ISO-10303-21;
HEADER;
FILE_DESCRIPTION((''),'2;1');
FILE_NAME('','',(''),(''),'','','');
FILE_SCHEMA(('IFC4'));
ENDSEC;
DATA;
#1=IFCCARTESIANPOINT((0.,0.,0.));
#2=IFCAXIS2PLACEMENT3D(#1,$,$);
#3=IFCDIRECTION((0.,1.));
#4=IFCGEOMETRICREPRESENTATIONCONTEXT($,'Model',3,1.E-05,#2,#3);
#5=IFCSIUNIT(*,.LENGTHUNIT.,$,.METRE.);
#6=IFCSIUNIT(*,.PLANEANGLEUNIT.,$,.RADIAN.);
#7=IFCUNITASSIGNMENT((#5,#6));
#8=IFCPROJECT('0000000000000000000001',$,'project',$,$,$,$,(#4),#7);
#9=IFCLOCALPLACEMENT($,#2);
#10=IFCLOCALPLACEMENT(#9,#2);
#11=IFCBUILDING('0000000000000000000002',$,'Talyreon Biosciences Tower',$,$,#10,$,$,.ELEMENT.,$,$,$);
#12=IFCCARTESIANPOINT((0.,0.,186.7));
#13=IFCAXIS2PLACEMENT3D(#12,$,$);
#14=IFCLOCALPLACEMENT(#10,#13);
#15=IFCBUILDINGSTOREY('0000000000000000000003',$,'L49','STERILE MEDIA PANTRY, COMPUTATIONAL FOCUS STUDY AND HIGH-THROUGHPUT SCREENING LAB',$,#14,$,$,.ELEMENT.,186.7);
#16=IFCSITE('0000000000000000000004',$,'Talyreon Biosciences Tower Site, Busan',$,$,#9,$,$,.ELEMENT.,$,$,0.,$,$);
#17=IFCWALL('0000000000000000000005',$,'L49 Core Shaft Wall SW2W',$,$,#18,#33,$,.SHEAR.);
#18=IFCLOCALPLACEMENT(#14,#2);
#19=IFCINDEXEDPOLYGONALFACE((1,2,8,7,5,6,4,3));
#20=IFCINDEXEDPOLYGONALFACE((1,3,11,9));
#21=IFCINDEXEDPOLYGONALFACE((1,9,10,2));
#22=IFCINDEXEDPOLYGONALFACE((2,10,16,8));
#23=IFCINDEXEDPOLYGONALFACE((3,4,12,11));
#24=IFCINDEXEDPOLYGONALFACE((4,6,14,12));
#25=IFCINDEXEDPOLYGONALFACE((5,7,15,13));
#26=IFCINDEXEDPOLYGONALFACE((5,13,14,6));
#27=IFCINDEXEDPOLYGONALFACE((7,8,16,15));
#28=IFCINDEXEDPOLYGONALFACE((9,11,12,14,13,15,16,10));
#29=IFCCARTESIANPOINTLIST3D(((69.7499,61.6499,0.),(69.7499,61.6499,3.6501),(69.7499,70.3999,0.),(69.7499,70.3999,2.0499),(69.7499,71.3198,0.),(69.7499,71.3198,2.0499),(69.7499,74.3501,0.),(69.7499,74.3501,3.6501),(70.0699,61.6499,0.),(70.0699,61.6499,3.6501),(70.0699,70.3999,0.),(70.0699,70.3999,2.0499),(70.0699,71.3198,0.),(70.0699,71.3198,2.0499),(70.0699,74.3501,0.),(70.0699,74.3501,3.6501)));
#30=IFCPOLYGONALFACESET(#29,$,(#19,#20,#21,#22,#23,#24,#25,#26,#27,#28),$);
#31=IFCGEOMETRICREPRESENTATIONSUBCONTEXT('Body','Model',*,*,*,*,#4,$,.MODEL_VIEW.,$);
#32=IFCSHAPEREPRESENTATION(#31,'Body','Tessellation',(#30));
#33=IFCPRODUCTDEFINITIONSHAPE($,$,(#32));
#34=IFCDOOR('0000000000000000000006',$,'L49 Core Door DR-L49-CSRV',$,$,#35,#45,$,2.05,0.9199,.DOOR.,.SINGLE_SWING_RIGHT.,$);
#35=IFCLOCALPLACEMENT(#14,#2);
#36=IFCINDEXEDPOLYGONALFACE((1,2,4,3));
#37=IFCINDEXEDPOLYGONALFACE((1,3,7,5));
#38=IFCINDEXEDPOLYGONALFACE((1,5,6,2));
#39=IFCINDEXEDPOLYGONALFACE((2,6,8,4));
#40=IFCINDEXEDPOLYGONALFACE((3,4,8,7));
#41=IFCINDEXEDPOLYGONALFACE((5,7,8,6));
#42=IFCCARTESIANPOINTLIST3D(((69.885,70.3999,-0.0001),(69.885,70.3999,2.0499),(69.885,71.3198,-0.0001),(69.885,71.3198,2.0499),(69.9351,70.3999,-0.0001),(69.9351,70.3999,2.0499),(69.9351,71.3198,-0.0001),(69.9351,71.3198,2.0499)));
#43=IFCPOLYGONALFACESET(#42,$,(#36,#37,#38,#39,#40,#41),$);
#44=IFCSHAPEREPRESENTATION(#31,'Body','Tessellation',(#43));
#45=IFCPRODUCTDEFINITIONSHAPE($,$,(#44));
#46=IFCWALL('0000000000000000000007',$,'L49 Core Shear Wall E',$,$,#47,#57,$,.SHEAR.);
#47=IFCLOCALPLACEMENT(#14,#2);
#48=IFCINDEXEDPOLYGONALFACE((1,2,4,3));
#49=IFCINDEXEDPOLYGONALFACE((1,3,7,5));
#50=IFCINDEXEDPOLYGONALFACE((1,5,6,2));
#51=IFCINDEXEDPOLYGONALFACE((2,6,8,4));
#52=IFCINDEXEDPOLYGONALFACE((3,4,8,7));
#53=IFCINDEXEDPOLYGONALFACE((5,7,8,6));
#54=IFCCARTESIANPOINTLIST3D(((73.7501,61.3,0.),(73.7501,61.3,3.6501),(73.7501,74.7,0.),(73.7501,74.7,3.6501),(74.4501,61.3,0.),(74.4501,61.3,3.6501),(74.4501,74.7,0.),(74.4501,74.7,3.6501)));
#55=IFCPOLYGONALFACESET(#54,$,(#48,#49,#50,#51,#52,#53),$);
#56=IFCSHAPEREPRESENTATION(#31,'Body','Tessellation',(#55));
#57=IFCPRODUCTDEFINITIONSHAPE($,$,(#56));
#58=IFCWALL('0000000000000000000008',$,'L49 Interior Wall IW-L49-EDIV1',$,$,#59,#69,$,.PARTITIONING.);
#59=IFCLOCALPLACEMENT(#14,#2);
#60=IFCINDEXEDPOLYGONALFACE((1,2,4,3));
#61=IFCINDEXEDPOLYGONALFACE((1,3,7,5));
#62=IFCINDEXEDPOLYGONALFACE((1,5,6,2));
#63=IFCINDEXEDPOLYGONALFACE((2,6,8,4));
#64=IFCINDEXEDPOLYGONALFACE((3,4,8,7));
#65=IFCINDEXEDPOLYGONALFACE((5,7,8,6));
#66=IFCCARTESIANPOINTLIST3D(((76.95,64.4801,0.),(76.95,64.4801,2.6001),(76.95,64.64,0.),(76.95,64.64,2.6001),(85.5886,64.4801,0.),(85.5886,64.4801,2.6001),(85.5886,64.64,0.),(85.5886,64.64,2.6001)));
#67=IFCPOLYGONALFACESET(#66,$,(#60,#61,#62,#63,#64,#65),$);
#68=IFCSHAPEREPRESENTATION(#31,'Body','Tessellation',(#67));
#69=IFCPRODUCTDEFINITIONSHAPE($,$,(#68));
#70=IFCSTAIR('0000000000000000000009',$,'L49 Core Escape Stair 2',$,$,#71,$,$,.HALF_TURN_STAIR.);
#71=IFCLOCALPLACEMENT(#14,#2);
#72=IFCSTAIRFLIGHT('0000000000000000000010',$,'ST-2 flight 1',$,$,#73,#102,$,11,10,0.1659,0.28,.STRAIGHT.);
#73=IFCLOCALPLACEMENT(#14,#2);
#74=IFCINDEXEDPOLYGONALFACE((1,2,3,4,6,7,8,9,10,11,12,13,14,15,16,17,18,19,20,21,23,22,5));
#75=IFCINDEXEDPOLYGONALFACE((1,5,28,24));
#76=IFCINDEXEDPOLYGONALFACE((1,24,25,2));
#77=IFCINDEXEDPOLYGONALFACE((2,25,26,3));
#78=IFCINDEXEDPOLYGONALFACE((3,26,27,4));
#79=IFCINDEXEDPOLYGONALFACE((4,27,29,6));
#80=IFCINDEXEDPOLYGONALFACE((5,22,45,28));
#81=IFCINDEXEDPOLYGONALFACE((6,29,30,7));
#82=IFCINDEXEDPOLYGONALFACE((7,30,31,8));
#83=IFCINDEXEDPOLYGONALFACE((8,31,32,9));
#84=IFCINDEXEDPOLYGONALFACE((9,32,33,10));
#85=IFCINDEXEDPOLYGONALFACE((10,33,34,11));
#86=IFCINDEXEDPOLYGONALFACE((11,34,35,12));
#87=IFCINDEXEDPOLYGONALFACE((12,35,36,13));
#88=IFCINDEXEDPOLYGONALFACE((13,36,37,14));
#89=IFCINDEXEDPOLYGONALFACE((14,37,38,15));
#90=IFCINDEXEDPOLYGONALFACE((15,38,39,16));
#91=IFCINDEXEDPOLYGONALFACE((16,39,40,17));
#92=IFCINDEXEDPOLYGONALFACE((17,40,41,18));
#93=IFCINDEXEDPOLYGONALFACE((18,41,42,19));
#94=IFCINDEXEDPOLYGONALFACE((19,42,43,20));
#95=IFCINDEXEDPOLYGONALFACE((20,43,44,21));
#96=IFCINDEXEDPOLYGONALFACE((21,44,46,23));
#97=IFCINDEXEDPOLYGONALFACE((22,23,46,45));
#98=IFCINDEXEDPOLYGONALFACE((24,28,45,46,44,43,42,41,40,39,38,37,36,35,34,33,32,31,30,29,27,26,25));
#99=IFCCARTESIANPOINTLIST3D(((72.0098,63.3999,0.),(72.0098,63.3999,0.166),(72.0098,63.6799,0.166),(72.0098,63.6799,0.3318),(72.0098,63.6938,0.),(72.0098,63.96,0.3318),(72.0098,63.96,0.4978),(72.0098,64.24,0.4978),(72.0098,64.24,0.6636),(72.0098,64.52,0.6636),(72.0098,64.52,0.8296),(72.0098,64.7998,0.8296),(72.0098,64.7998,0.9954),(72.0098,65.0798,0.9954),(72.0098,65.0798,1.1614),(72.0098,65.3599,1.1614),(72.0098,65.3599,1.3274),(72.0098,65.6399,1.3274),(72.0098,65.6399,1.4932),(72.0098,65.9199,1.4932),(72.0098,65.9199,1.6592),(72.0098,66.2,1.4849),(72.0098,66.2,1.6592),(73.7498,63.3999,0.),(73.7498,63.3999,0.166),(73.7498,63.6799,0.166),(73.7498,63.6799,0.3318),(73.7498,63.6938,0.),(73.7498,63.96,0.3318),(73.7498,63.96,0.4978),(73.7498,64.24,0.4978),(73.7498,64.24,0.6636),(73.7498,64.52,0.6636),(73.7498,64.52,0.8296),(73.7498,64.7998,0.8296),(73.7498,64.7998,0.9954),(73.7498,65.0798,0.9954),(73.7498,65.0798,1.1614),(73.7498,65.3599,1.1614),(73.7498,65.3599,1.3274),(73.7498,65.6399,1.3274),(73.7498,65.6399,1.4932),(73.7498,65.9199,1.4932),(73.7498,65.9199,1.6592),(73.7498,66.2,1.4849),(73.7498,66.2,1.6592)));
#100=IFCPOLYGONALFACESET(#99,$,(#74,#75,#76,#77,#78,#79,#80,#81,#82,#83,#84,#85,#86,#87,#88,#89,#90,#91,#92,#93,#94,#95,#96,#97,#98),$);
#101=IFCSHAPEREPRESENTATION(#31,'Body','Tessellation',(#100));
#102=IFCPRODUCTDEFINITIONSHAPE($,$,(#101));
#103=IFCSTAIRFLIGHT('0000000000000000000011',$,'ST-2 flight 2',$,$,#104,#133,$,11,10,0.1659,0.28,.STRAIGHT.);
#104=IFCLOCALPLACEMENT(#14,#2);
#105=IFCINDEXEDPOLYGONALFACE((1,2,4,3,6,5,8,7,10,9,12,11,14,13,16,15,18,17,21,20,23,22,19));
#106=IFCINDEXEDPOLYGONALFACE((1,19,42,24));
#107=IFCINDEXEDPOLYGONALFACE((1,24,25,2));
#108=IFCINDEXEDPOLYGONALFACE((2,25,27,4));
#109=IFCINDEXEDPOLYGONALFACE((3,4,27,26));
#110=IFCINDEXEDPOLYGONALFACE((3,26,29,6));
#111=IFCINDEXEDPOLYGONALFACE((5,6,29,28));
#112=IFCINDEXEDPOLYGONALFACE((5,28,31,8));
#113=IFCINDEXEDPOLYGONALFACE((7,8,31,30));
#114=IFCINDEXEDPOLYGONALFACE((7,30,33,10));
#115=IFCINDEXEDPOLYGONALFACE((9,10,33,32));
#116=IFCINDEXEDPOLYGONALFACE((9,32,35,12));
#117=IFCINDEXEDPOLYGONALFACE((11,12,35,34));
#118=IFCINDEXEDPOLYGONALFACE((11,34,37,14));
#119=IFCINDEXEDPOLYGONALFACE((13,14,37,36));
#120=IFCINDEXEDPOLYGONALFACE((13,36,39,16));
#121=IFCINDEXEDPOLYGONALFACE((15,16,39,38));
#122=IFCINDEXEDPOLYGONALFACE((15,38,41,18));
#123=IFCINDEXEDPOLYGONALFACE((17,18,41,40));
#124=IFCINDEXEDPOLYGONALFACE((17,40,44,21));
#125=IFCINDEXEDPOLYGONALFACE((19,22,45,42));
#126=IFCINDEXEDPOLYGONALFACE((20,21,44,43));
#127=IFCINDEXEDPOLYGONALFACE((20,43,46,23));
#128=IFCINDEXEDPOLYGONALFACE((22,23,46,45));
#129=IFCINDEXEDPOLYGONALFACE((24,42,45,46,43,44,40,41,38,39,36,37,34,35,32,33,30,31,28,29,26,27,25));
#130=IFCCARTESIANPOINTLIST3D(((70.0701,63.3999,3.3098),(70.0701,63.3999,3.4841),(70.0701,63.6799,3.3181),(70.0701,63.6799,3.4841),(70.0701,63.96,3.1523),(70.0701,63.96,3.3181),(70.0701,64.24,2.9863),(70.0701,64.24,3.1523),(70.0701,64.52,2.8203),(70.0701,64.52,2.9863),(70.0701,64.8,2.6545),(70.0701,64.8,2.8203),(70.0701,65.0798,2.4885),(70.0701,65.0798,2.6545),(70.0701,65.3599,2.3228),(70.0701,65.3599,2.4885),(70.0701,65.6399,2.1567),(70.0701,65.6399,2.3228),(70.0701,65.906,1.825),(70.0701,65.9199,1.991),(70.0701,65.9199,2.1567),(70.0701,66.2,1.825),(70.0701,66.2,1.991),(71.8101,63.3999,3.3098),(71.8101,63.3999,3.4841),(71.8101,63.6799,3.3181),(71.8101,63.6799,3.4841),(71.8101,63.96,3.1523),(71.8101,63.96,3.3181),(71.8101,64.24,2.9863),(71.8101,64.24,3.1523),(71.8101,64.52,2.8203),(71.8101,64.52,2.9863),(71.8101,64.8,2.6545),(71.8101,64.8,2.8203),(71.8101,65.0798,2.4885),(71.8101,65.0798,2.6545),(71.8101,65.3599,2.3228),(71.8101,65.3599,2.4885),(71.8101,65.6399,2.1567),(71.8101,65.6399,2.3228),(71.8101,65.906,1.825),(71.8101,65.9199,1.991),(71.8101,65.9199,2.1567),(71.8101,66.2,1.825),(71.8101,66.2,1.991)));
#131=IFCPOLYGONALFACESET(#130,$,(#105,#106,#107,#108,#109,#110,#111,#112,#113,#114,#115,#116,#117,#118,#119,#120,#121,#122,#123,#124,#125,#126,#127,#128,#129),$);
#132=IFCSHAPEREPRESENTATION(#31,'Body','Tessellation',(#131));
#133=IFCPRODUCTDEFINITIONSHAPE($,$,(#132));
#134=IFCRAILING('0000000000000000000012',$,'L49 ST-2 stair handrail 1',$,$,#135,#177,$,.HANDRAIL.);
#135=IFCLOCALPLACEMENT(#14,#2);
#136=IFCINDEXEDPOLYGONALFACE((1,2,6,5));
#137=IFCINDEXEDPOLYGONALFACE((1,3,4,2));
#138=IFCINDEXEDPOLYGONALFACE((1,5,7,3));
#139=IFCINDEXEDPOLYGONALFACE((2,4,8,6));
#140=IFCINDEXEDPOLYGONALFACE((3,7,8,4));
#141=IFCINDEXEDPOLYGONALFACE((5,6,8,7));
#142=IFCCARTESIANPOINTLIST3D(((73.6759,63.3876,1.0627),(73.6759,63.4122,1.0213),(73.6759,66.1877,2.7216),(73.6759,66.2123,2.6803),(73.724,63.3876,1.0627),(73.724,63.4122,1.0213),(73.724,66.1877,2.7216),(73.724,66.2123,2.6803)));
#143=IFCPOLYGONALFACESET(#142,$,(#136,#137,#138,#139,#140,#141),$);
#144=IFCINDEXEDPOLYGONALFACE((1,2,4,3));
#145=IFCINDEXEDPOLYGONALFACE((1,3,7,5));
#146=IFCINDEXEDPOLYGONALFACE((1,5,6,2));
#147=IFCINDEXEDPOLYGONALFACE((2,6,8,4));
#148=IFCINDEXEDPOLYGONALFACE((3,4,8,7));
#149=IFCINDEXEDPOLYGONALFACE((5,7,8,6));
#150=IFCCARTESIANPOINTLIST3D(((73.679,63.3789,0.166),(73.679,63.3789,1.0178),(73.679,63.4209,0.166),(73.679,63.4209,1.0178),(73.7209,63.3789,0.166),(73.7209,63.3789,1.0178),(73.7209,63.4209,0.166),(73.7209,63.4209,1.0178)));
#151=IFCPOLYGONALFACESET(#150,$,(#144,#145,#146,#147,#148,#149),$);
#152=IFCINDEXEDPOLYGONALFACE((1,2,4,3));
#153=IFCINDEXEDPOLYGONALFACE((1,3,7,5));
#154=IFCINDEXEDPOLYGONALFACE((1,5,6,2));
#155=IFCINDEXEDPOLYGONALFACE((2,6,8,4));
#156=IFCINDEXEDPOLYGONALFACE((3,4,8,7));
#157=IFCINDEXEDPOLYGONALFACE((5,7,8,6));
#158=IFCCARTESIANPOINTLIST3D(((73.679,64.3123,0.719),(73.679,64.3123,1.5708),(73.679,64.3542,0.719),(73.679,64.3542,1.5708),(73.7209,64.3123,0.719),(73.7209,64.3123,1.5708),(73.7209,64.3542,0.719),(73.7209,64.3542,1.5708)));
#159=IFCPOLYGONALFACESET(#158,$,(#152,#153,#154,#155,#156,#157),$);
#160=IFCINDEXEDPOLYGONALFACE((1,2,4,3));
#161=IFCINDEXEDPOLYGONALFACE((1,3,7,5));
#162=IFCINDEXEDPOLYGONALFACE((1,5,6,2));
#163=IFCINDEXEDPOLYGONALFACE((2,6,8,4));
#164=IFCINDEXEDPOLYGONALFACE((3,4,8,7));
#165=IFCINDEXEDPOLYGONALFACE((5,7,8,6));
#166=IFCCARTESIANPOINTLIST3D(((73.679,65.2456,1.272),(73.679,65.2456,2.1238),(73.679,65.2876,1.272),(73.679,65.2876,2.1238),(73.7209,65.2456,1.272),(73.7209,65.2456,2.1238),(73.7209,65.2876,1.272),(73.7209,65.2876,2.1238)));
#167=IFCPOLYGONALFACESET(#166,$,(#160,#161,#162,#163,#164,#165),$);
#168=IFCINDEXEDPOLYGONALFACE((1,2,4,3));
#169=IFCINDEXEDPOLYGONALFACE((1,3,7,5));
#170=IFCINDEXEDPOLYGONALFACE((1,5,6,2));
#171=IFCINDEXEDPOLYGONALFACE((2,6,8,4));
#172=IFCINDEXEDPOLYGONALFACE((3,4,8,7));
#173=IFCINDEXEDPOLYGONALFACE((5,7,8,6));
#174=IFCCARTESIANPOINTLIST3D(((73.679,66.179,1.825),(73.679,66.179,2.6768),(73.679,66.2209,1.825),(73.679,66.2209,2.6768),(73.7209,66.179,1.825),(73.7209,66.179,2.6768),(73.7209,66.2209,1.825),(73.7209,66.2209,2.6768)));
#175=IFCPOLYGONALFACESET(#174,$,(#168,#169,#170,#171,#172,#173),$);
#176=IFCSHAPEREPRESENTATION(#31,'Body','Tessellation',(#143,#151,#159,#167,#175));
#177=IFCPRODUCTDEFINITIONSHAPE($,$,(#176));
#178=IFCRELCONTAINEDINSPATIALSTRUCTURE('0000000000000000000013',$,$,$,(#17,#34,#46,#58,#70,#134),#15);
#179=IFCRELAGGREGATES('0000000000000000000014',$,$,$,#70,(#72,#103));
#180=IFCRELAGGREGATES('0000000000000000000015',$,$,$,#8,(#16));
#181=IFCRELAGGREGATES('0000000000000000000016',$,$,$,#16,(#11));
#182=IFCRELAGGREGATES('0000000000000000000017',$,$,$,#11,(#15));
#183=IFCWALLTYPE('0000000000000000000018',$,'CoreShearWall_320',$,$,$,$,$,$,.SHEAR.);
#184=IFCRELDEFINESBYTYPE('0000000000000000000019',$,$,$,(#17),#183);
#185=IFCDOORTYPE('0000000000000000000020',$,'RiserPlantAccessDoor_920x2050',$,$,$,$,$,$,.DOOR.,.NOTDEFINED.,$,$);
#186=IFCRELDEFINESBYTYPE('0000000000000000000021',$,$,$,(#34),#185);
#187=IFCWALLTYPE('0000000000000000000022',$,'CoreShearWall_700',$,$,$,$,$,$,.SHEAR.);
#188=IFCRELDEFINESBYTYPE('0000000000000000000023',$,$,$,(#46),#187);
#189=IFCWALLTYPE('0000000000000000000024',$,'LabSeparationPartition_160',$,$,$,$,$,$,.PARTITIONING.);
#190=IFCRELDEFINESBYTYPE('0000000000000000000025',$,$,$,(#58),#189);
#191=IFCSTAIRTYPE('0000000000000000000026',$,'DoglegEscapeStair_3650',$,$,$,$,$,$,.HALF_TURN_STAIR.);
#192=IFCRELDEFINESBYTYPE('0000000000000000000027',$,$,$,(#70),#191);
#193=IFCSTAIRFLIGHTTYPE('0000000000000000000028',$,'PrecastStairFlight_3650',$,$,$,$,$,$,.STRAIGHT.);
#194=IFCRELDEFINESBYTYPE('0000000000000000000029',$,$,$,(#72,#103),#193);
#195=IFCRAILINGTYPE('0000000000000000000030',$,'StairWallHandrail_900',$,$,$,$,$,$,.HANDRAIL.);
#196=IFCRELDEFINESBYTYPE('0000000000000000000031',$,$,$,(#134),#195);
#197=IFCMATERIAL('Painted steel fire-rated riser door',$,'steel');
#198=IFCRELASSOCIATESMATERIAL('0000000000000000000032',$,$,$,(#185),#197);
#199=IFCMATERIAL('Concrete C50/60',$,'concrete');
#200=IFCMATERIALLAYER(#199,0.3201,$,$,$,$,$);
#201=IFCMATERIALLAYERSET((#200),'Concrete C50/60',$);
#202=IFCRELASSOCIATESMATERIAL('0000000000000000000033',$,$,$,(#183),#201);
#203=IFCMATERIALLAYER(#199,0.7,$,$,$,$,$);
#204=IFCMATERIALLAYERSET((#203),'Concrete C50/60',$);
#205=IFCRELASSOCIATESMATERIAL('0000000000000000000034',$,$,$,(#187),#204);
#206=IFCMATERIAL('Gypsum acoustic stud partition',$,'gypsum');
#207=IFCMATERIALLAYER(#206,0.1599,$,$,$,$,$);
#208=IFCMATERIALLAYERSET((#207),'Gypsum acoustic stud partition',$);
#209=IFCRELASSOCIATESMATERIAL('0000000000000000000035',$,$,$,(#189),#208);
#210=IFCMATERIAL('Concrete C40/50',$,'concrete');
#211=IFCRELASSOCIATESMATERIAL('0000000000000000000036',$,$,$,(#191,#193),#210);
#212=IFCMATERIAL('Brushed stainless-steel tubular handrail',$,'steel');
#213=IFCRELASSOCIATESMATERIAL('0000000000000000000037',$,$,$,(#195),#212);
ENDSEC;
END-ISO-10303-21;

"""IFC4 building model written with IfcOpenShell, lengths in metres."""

from ifc_helpers import new_model, si_unit, direction, frame, frame_2d, origin, origin_2d, place, context, subcontext, project, spatial, polyline, rectangle, outline, extrude, material, layer, layer_set, type_object, element, fill, aggregate, save


model = new_model("IFC4")

# Units and contexts
model_context = context("Model", 3, precision=1e-05, world=origin(), true_north=direction((0.0, 1.0)))
body_context = subcontext(model_context, "Body", "Model", "MODEL_VIEW")
ifc_project = project(units=[si_unit("LENGTHUNIT", "METRE"), si_unit("PLANEANGLEUNIT", "RADIAN")], contexts=[model_context])

# Site, building, storey
site_placement = place(None, origin())
site = spatial("IfcSite", under=ifc_project, at=site_placement, Name="Talyreon Biosciences Tower Site, Busan", CompositionType="ELEMENT", RefElevation=0.0)
building_placement = place(site_placement, origin())
building = spatial("IfcBuilding", under=site, at=building_placement, Name="Talyreon Biosciences Tower", CompositionType="ELEMENT")
storey_placement = place(building_placement, frame((0.0, 0.0, 186.7)))
storey = spatial("IfcBuildingStorey", under=building, at=storey_placement, Name="L49", Description="STERILE MEDIA PANTRY, COMPUTATIONAL FOCUS STUDY AND HIGH-THROUGHPUT SCREENING LAB", CompositionType="ELEMENT", Elevation=186.7)

# Shared definitions
ifc_material_1 = material(Name="Concrete C50/60", Category="concrete")

# Wall, opening, door
ifc_material_2 = material(Name="Painted steel fire-rated riser door", Category="steel")
door_type_1 = type_object("IfcDoorType", Name="RiserPlantAccessDoor_920x2050", OperationType="NOTDEFINED", PredefinedType="DOOR", material=ifc_material_2)
ifc_layer_1 = layer(ifc_material_1, 0.3201)
ifc_layer_set_1 = layer_set([ifc_layer_1], Name="Concrete C50/60")
wall_type_1 = type_object("IfcWallType", Name="CoreShearWall_320", PredefinedType="SHEAR", material=ifc_layer_set_1)
wall_1_placement = place(storey_placement, frame((69.9099, 61.6499, 0.0), z_axis=(0.0, 0.0, 1.0), x_axis=(0.0, 1.0, 0.0)))
wall_1 = element("IfcWall", 1, at=wall_1_placement, inside=storey, type_object=wall_type_1, Name="L49 Core Shaft Wall SW2W", PredefinedType="SHEAR", context=body_context, shape_type="SweptSolid", body=[
    extrude(rectangle(XDim=12.7002, YDim=0.3201, at=frame_2d((6.3501, 0.0))), origin(), (0.0, 0.0, 1.0), 3.6501),
])
opening_1_placement = place(wall_1_placement, frame((8.75, 0.0, 0.0)))
opening_1 = element("IfcOpeningElement", 2, at=opening_1_placement, cuts=wall_1, PredefinedType="OPENING", context=body_context, shape_type="SweptSolid", body=[
    extrude(rectangle(XDim=0.9199, YDim=2.05, at=frame_2d((0.46, 1.0249))), frame((0.0, 0.1699, 0.0), z_axis=(0.0, -1.0, 0.0), x_axis=(1.0, 0.0, 0.0)), (0.0, 0.0, 1.0), 0.3401),
])
door_1_placement = place(opening_1_placement, origin())
door_1 = element("IfcDoor", 3, at=door_1_placement, inside=storey, type_object=door_type_1, Name="L49 Core Door DR-L49-CSRV", OperationType="SINGLE_SWING_RIGHT", OverallHeight=2.05, OverallWidth=0.9199, PredefinedType="DOOR", context=body_context, shape_type="SweptSolid", body=[
    extrude(rectangle(XDim=0.9199, YDim=2.05, at=frame_2d((0.46, 1.0249))), frame((0.0, 0.0249, 0.0), z_axis=(0.0, -1.0, 0.0), x_axis=(1.0, 0.0, 0.0)), (0.0, 0.0, 1.0), 0.05),
])
fill(opening_1, door_1)

# Wall
ifc_layer_2 = layer(ifc_material_1, 0.7)
ifc_layer_set_2 = layer_set([ifc_layer_2], Name="Concrete C50/60")
wall_type_2 = type_object("IfcWallType", Name="CoreShearWall_700", PredefinedType="SHEAR", material=ifc_layer_set_2)
wall_2_placement = place(storey_placement, frame((74.1001, 61.3, 0.0), z_axis=(0.0, 0.0, 1.0), x_axis=(0.0, 1.0, 0.0)))
element("IfcWall", 4, at=wall_2_placement, inside=storey, type_object=wall_type_2, Name="L49 Core Shear Wall E", PredefinedType="SHEAR", context=body_context, shape_type="SweptSolid", body=[
    extrude(rectangle(XDim=13.3999, YDim=0.7, at=frame_2d((6.7, 0.0))), origin(), (0.0, 0.0, 1.0), 3.6501),
])

# Wall
ifc_material_3 = material(Name="Gypsum acoustic stud partition", Category="gypsum")
ifc_layer_3 = layer(ifc_material_3, 0.1599)
ifc_layer_set_3 = layer_set([ifc_layer_3], Name="Gypsum acoustic stud partition")
wall_type_3 = type_object("IfcWallType", Name="LabSeparationPartition_160", PredefinedType="PARTITIONING", material=ifc_layer_set_3)
wall_3_placement = place(storey_placement, frame((76.95, 64.5601, 0.0), z_axis=(0.0, 0.0, 1.0), x_axis=(1.0, 0.0, 0.0)))
element("IfcWall", 5, at=wall_3_placement, inside=storey, type_object=wall_type_3, Name="L49 Interior Wall IW-L49-EDIV1", PredefinedType="PARTITIONING", context=body_context, shape_type="SweptSolid", body=[
    extrude(rectangle(XDim=8.6387, YDim=0.1599, at=frame_2d((4.3193, 0.0))), origin(), (0.0, 0.0, 1.0), 2.6001),
])

# Stair, stair flights
ifc_material_4 = material(Name="Concrete C40/50", Category="concrete")
stair_type = type_object("IfcStairType", Name="DoglegEscapeStair_3650", PredefinedType="HALF_TURN_STAIR", material=ifc_material_4)
stair_placement = place(storey_placement, origin())
stair = element("IfcStair", 6, at=stair_placement, inside=storey, type_object=stair_type, Name="L49 Core Escape Stair 2", PredefinedType="HALF_TURN_STAIR")
stair_flight_type = type_object("IfcStairFlightType", Name="PrecastStairFlight_3650", PredefinedType="STRAIGHT", material=ifc_material_4)
stair_flight_1_placement = place(storey_placement, frame((72.8799, 63.3999, 0.0), z_axis=(0.0, 0.0, 1.0), x_axis=(0.0, 1.0, 0.0)))
stair_flight_1 = element("IfcStairFlight", 7, at=stair_flight_1_placement, type_object=stair_flight_type, Name="ST-2 flight 1", NumberOfRisers=11, NumberOfTreads=10, PredefinedType="STRAIGHT", RiserHeight=0.1659, TreadLength=0.28, context=body_context, shape_type="SweptSolid", body=[
    extrude(outline(polyline([(0.0, 0.0), (0.0, 0.166), (0.28, 0.166), (0.28, 0.3318), (0.5601, 0.3318), (0.5601, 0.4978), (0.8401, 0.4978), (0.8401, 0.6636), (1.1201, 0.6636), (1.1201, 0.8296), (1.3999, 0.8296), (1.3999, 0.9954), (1.6799, 0.9954), (1.6799, 1.1614), (1.96, 1.1614), (1.96, 1.3274), (2.24, 1.3274), (2.24, 1.4932), (2.52, 1.4932), (2.52, 1.6592), (2.8, 1.6592), (2.8, 1.825), (2.8, 1.4849), (0.2939, 0.0), (0.0, 0.0)])), frame((0.0, 0.8701, 0.0), z_axis=(0.0, -1.0, 0.0), x_axis=(1.0, 0.0, 0.0)), (0.0, 0.0, 1.0), 1.74),
])
stair_flight_2_placement = place(storey_placement, frame((70.9399, 66.2, 1.825), z_axis=(0.0, 0.0, 1.0), x_axis=(0.0, -1.0, 0.0)))
stair_flight_2 = element("IfcStairFlight", 8, at=stair_flight_2_placement, type_object=stair_flight_type, Name="ST-2 flight 2", NumberOfRisers=11, NumberOfTreads=10, PredefinedType="STRAIGHT", RiserHeight=0.1659, TreadLength=0.28, context=body_context, shape_type="SweptSolid", body=[
    extrude(outline(polyline([(0.0, 0.0), (0.0, 0.166), (0.28, 0.166), (0.28, 0.3318), (0.5601, 0.3318), (0.5601, 0.4978), (0.8401, 0.4978), (0.8401, 0.6636), (1.1201, 0.6636), (1.1201, 0.8296), (1.3999, 0.8296), (1.3999, 0.9954), (1.6799, 0.9954), (1.6799, 1.1614), (1.96, 1.1614), (1.96, 1.3274), (2.24, 1.3274), (2.24, 1.4932), (2.52, 1.4932), (2.52, 1.6592), (2.8, 1.6592), (2.8, 1.825), (2.8, 1.4849), (0.2939, 0.0), (0.0, 0.0)])), frame((0.0, 0.8701, 0.0), z_axis=(0.0, -1.0, 0.0), x_axis=(1.0, 0.0, 0.0)), (0.0, 0.0, 1.0), 1.74),
])
aggregate(stair, [stair_flight_1, stair_flight_2])

# Railing
ifc_material_5 = material(Name="Brushed stainless-steel tubular handrail", Category="steel")
railing_type_1 = type_object("IfcRailingType", Name="StairWallHandrail_900", PredefinedType="HANDRAIL", material=ifc_material_5)
railing_1_placement = place(storey_placement, frame((73.7, 63.3999, 0.166)))
element("IfcRailing", 9, at=railing_1_placement, inside=storey, type_object=railing_type_1, Name="L49 ST-2 stair handrail 1", PredefinedType="HANDRAIL", context=body_context, shape_type="SweptSolid", body=[
    extrude(rectangle(XDim=0.0481, YDim=0.0481, at=origin_2d()), frame((0.0, 0.0, 0.876), z_axis=(0.0, 0.860339, 0.509722), x_axis=(-1.0, 0.0, 0.0)), (0.0, 0.0, 1.0), 3.2546),
    extrude(rectangle(XDim=0.042, YDim=0.042, at=origin_2d()), origin(), (0.0, 0.0, 1.0), 0.8518),
    extrude(rectangle(XDim=0.042, YDim=0.042, at=origin_2d()), frame((0.0, 0.9333, 0.553)), (0.0, 0.0, 1.0), 0.8518),
    extrude(rectangle(XDim=0.042, YDim=0.042, at=origin_2d()), frame((0.0, 1.8667, 1.106)), (0.0, 0.0, 1.0), 0.8518),
    extrude(rectangle(XDim=0.042, YDim=0.042, at=origin_2d()), frame((0.0, 2.8, 1.6589)), (0.0, 0.0, 1.0), 0.8518),
])

save(model, "model.ifc")
